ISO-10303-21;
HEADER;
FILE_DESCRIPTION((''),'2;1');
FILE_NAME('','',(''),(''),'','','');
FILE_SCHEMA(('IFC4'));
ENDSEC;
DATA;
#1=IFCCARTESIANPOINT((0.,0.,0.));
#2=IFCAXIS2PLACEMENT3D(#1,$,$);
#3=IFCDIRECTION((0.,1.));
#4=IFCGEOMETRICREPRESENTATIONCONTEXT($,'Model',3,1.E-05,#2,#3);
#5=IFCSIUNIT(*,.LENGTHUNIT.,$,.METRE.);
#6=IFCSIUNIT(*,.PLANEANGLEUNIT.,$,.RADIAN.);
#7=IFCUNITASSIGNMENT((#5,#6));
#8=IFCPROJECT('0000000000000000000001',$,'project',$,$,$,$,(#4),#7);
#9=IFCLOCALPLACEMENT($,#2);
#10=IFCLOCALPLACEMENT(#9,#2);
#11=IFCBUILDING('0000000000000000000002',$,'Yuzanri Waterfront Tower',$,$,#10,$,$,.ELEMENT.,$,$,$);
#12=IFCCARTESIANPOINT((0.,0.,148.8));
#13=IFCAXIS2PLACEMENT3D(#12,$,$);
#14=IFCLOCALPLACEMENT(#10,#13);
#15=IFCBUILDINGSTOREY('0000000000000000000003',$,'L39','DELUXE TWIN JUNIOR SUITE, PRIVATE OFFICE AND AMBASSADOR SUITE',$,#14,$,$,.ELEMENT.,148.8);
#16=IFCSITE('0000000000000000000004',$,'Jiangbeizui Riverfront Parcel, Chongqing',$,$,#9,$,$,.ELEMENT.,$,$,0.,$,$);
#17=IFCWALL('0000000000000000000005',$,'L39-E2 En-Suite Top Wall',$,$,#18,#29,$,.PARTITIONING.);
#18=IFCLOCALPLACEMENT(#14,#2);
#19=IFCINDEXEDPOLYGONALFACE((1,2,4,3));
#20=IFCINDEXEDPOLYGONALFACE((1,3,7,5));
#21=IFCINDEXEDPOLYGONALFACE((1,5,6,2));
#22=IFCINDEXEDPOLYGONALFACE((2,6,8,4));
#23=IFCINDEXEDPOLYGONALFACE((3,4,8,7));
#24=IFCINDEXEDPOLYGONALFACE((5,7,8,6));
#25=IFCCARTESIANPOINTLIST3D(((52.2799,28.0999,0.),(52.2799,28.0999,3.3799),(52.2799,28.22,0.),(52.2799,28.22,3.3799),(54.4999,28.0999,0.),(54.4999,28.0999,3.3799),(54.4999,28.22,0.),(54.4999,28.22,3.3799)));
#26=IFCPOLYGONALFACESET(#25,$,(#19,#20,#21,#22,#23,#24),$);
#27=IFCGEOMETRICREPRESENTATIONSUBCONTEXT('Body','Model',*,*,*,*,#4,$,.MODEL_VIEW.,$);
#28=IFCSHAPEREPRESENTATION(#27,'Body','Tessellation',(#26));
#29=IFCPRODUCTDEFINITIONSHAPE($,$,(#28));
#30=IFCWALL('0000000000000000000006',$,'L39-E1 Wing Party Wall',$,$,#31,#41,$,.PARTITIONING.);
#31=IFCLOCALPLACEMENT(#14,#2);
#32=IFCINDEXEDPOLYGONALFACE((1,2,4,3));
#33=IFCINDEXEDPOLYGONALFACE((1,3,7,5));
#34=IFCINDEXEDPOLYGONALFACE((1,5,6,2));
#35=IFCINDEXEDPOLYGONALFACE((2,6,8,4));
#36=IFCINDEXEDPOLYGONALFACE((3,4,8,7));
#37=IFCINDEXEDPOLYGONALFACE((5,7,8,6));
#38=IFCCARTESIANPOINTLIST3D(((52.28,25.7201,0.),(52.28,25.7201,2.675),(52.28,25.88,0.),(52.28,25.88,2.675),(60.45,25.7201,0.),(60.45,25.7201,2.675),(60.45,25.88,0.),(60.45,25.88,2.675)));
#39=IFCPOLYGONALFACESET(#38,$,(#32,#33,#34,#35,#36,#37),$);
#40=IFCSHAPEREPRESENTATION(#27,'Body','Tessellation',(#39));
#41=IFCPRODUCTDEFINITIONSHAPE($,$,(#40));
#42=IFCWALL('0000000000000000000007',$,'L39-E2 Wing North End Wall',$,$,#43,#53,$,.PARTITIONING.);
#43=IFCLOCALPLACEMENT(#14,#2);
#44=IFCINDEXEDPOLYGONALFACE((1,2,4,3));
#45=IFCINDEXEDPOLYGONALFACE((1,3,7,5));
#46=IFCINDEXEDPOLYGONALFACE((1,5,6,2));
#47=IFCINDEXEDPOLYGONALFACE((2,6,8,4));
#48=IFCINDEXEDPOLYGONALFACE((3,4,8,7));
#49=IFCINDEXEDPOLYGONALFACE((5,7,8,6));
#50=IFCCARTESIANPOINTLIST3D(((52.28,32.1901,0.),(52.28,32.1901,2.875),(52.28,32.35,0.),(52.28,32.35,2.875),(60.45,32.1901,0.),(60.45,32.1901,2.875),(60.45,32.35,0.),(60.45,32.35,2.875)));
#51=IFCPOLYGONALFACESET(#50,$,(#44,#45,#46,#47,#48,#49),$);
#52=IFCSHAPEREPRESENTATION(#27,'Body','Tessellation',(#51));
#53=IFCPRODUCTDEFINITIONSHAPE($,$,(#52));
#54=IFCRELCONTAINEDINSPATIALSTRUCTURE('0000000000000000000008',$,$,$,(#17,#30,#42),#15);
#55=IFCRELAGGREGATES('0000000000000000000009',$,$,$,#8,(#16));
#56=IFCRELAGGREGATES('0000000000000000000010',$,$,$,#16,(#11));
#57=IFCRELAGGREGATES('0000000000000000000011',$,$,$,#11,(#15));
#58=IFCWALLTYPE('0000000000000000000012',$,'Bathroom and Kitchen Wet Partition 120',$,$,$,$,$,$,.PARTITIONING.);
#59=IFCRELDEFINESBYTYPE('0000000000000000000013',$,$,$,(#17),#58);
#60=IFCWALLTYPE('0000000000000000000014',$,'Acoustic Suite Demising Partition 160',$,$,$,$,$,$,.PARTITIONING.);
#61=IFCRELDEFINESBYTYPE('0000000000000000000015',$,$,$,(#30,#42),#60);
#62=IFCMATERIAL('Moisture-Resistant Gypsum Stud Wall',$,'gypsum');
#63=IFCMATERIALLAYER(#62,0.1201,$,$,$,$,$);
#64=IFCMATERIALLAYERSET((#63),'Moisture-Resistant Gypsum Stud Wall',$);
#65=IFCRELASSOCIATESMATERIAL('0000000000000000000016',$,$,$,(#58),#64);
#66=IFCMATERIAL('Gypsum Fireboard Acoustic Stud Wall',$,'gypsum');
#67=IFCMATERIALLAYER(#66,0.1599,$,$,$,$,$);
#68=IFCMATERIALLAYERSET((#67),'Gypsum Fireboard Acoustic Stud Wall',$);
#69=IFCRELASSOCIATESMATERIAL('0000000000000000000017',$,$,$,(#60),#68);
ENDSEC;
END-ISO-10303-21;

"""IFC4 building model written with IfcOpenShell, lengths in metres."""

from ifc_helpers import new_model, si_unit, direction, frame, frame_2d, origin, place, context, subcontext, project, spatial, rectangle, extrude, source, transform, mapped, material, layer, layer_set, type_object, element, save


model = new_model("IFC4")

# Units and contexts
model_context = context("Model", 3, precision=1e-05, world=origin(), true_north=direction((0.0, 1.0)))
body_context = subcontext(model_context, "Body", "Model", "MODEL_VIEW")
ifc_project = project(units=[si_unit("LENGTHUNIT", "METRE"), si_unit("PLANEANGLEUNIT", "RADIAN")], contexts=[model_context])

# Site, building, storey
site_placement = place(None, origin())
site = spatial("IfcSite", under=ifc_project, at=site_placement, Name="Jiangbeizui Riverfront Parcel, Chongqing", CompositionType="ELEMENT", RefElevation=0.0)
building_placement = place(site_placement, origin())
building = spatial("IfcBuilding", under=site, at=building_placement, Name="Yuzanri Waterfront Tower", CompositionType="ELEMENT")
storey_placement = place(building_placement, frame((0.0, 0.0, 148.8)))
storey = spatial("IfcBuildingStorey", under=building, at=storey_placement, Name="L39", Description="DELUXE TWIN JUNIOR SUITE, PRIVATE OFFICE AND AMBASSADOR SUITE", CompositionType="ELEMENT", Elevation=148.8)

# Shared definitions
ifc_material_1 = material(Name="Moisture-Resistant Gypsum Stud Wall", Category="gypsum")
ifc_layer_1 = layer(ifc_material_1, 0.1201)
ifc_layer_set_1 = layer_set([ifc_layer_1], Name="Moisture-Resistant Gypsum Stud Wall")
wall_type_1 = type_object("IfcWallType", Name="Bathroom and Kitchen Wet Partition 120", PredefinedType="PARTITIONING", material=ifc_layer_set_1)

# Walls
shared_shape_1 = source(origin(), body_context, "Body", "SweptSolid", [
    extrude(rectangle(XDim=2.22, YDim=0.1201, at=frame_2d((1.1099, 0.0))), origin(), (0.0, 0.0, 1.0), 3.3799),
])
wall_1_placement = place(storey_placement, frame((52.28, 28.1599, 0.0), z_axis=(0.0, 0.0, 1.0), x_axis=(1.0, 0.0, 0.0)))
element("IfcWall", 1, at=wall_1_placement, inside=storey, type_object=wall_type_1, Name="L39-E2 En-Suite Top Wall", PredefinedType="PARTITIONING", context=body_context, shape_type="MappedRepresentation", body=[
    mapped(shared_shape_1, transform((0.0, 0.0, 0.0), scale=1.0)),
])
ifc_material_2 = material(Name="Gypsum Fireboard Acoustic Stud Wall", Category="gypsum")
ifc_layer_2 = layer(ifc_material_2, 0.1599)
ifc_layer_set_2 = layer_set([ifc_layer_2], Name="Gypsum Fireboard Acoustic Stud Wall")
wall_type_2 = type_object("IfcWallType", Name="Acoustic Suite Demising Partition 160", PredefinedType="PARTITIONING", material=ifc_layer_set_2)
shared_shape_2 = source(origin(), body_context, "Body", "SweptSolid", [
    extrude(rectangle(XDim=8.1699, YDim=0.1599, at=frame_2d((4.085, 0.0))), origin(), (0.0, 0.0, 1.0), 2.675),
])
wall_2_placement = place(storey_placement, frame((52.28, 25.8, 0.0), z_axis=(0.0, 0.0, 1.0), x_axis=(1.0, 0.0, 0.0)))
element("IfcWall", 2, at=wall_2_placement, inside=storey, type_object=wall_type_2, Name="L39-E1 Wing Party Wall", PredefinedType="PARTITIONING", context=body_context, shape_type="MappedRepresentation", body=[
    mapped(shared_shape_2, transform((0.0, 0.0, 0.0), scale=1.0)),
])
shared_shape_3 = source(origin(), body_context, "Body", "SweptSolid", [
    extrude(rectangle(XDim=8.1699, YDim=0.1599, at=frame_2d((4.085, 0.0))), origin(), (0.0, 0.0, 1.0), 2.875),
])
wall_3_placement = place(storey_placement, frame((52.28, 32.27, 0.0), z_axis=(0.0, 0.0, 1.0), x_axis=(1.0, 0.0, 0.0)))
element("IfcWall", 3, at=wall_3_placement, inside=storey, type_object=wall_type_2, Name="L39-E2 Wing North End Wall", PredefinedType="PARTITIONING", context=body_context, shape_type="MappedRepresentation", body=[
    mapped(shared_shape_3, transform((0.0, 0.0, 0.0), scale=1.0)),
])

save(model, "model.ifc")
